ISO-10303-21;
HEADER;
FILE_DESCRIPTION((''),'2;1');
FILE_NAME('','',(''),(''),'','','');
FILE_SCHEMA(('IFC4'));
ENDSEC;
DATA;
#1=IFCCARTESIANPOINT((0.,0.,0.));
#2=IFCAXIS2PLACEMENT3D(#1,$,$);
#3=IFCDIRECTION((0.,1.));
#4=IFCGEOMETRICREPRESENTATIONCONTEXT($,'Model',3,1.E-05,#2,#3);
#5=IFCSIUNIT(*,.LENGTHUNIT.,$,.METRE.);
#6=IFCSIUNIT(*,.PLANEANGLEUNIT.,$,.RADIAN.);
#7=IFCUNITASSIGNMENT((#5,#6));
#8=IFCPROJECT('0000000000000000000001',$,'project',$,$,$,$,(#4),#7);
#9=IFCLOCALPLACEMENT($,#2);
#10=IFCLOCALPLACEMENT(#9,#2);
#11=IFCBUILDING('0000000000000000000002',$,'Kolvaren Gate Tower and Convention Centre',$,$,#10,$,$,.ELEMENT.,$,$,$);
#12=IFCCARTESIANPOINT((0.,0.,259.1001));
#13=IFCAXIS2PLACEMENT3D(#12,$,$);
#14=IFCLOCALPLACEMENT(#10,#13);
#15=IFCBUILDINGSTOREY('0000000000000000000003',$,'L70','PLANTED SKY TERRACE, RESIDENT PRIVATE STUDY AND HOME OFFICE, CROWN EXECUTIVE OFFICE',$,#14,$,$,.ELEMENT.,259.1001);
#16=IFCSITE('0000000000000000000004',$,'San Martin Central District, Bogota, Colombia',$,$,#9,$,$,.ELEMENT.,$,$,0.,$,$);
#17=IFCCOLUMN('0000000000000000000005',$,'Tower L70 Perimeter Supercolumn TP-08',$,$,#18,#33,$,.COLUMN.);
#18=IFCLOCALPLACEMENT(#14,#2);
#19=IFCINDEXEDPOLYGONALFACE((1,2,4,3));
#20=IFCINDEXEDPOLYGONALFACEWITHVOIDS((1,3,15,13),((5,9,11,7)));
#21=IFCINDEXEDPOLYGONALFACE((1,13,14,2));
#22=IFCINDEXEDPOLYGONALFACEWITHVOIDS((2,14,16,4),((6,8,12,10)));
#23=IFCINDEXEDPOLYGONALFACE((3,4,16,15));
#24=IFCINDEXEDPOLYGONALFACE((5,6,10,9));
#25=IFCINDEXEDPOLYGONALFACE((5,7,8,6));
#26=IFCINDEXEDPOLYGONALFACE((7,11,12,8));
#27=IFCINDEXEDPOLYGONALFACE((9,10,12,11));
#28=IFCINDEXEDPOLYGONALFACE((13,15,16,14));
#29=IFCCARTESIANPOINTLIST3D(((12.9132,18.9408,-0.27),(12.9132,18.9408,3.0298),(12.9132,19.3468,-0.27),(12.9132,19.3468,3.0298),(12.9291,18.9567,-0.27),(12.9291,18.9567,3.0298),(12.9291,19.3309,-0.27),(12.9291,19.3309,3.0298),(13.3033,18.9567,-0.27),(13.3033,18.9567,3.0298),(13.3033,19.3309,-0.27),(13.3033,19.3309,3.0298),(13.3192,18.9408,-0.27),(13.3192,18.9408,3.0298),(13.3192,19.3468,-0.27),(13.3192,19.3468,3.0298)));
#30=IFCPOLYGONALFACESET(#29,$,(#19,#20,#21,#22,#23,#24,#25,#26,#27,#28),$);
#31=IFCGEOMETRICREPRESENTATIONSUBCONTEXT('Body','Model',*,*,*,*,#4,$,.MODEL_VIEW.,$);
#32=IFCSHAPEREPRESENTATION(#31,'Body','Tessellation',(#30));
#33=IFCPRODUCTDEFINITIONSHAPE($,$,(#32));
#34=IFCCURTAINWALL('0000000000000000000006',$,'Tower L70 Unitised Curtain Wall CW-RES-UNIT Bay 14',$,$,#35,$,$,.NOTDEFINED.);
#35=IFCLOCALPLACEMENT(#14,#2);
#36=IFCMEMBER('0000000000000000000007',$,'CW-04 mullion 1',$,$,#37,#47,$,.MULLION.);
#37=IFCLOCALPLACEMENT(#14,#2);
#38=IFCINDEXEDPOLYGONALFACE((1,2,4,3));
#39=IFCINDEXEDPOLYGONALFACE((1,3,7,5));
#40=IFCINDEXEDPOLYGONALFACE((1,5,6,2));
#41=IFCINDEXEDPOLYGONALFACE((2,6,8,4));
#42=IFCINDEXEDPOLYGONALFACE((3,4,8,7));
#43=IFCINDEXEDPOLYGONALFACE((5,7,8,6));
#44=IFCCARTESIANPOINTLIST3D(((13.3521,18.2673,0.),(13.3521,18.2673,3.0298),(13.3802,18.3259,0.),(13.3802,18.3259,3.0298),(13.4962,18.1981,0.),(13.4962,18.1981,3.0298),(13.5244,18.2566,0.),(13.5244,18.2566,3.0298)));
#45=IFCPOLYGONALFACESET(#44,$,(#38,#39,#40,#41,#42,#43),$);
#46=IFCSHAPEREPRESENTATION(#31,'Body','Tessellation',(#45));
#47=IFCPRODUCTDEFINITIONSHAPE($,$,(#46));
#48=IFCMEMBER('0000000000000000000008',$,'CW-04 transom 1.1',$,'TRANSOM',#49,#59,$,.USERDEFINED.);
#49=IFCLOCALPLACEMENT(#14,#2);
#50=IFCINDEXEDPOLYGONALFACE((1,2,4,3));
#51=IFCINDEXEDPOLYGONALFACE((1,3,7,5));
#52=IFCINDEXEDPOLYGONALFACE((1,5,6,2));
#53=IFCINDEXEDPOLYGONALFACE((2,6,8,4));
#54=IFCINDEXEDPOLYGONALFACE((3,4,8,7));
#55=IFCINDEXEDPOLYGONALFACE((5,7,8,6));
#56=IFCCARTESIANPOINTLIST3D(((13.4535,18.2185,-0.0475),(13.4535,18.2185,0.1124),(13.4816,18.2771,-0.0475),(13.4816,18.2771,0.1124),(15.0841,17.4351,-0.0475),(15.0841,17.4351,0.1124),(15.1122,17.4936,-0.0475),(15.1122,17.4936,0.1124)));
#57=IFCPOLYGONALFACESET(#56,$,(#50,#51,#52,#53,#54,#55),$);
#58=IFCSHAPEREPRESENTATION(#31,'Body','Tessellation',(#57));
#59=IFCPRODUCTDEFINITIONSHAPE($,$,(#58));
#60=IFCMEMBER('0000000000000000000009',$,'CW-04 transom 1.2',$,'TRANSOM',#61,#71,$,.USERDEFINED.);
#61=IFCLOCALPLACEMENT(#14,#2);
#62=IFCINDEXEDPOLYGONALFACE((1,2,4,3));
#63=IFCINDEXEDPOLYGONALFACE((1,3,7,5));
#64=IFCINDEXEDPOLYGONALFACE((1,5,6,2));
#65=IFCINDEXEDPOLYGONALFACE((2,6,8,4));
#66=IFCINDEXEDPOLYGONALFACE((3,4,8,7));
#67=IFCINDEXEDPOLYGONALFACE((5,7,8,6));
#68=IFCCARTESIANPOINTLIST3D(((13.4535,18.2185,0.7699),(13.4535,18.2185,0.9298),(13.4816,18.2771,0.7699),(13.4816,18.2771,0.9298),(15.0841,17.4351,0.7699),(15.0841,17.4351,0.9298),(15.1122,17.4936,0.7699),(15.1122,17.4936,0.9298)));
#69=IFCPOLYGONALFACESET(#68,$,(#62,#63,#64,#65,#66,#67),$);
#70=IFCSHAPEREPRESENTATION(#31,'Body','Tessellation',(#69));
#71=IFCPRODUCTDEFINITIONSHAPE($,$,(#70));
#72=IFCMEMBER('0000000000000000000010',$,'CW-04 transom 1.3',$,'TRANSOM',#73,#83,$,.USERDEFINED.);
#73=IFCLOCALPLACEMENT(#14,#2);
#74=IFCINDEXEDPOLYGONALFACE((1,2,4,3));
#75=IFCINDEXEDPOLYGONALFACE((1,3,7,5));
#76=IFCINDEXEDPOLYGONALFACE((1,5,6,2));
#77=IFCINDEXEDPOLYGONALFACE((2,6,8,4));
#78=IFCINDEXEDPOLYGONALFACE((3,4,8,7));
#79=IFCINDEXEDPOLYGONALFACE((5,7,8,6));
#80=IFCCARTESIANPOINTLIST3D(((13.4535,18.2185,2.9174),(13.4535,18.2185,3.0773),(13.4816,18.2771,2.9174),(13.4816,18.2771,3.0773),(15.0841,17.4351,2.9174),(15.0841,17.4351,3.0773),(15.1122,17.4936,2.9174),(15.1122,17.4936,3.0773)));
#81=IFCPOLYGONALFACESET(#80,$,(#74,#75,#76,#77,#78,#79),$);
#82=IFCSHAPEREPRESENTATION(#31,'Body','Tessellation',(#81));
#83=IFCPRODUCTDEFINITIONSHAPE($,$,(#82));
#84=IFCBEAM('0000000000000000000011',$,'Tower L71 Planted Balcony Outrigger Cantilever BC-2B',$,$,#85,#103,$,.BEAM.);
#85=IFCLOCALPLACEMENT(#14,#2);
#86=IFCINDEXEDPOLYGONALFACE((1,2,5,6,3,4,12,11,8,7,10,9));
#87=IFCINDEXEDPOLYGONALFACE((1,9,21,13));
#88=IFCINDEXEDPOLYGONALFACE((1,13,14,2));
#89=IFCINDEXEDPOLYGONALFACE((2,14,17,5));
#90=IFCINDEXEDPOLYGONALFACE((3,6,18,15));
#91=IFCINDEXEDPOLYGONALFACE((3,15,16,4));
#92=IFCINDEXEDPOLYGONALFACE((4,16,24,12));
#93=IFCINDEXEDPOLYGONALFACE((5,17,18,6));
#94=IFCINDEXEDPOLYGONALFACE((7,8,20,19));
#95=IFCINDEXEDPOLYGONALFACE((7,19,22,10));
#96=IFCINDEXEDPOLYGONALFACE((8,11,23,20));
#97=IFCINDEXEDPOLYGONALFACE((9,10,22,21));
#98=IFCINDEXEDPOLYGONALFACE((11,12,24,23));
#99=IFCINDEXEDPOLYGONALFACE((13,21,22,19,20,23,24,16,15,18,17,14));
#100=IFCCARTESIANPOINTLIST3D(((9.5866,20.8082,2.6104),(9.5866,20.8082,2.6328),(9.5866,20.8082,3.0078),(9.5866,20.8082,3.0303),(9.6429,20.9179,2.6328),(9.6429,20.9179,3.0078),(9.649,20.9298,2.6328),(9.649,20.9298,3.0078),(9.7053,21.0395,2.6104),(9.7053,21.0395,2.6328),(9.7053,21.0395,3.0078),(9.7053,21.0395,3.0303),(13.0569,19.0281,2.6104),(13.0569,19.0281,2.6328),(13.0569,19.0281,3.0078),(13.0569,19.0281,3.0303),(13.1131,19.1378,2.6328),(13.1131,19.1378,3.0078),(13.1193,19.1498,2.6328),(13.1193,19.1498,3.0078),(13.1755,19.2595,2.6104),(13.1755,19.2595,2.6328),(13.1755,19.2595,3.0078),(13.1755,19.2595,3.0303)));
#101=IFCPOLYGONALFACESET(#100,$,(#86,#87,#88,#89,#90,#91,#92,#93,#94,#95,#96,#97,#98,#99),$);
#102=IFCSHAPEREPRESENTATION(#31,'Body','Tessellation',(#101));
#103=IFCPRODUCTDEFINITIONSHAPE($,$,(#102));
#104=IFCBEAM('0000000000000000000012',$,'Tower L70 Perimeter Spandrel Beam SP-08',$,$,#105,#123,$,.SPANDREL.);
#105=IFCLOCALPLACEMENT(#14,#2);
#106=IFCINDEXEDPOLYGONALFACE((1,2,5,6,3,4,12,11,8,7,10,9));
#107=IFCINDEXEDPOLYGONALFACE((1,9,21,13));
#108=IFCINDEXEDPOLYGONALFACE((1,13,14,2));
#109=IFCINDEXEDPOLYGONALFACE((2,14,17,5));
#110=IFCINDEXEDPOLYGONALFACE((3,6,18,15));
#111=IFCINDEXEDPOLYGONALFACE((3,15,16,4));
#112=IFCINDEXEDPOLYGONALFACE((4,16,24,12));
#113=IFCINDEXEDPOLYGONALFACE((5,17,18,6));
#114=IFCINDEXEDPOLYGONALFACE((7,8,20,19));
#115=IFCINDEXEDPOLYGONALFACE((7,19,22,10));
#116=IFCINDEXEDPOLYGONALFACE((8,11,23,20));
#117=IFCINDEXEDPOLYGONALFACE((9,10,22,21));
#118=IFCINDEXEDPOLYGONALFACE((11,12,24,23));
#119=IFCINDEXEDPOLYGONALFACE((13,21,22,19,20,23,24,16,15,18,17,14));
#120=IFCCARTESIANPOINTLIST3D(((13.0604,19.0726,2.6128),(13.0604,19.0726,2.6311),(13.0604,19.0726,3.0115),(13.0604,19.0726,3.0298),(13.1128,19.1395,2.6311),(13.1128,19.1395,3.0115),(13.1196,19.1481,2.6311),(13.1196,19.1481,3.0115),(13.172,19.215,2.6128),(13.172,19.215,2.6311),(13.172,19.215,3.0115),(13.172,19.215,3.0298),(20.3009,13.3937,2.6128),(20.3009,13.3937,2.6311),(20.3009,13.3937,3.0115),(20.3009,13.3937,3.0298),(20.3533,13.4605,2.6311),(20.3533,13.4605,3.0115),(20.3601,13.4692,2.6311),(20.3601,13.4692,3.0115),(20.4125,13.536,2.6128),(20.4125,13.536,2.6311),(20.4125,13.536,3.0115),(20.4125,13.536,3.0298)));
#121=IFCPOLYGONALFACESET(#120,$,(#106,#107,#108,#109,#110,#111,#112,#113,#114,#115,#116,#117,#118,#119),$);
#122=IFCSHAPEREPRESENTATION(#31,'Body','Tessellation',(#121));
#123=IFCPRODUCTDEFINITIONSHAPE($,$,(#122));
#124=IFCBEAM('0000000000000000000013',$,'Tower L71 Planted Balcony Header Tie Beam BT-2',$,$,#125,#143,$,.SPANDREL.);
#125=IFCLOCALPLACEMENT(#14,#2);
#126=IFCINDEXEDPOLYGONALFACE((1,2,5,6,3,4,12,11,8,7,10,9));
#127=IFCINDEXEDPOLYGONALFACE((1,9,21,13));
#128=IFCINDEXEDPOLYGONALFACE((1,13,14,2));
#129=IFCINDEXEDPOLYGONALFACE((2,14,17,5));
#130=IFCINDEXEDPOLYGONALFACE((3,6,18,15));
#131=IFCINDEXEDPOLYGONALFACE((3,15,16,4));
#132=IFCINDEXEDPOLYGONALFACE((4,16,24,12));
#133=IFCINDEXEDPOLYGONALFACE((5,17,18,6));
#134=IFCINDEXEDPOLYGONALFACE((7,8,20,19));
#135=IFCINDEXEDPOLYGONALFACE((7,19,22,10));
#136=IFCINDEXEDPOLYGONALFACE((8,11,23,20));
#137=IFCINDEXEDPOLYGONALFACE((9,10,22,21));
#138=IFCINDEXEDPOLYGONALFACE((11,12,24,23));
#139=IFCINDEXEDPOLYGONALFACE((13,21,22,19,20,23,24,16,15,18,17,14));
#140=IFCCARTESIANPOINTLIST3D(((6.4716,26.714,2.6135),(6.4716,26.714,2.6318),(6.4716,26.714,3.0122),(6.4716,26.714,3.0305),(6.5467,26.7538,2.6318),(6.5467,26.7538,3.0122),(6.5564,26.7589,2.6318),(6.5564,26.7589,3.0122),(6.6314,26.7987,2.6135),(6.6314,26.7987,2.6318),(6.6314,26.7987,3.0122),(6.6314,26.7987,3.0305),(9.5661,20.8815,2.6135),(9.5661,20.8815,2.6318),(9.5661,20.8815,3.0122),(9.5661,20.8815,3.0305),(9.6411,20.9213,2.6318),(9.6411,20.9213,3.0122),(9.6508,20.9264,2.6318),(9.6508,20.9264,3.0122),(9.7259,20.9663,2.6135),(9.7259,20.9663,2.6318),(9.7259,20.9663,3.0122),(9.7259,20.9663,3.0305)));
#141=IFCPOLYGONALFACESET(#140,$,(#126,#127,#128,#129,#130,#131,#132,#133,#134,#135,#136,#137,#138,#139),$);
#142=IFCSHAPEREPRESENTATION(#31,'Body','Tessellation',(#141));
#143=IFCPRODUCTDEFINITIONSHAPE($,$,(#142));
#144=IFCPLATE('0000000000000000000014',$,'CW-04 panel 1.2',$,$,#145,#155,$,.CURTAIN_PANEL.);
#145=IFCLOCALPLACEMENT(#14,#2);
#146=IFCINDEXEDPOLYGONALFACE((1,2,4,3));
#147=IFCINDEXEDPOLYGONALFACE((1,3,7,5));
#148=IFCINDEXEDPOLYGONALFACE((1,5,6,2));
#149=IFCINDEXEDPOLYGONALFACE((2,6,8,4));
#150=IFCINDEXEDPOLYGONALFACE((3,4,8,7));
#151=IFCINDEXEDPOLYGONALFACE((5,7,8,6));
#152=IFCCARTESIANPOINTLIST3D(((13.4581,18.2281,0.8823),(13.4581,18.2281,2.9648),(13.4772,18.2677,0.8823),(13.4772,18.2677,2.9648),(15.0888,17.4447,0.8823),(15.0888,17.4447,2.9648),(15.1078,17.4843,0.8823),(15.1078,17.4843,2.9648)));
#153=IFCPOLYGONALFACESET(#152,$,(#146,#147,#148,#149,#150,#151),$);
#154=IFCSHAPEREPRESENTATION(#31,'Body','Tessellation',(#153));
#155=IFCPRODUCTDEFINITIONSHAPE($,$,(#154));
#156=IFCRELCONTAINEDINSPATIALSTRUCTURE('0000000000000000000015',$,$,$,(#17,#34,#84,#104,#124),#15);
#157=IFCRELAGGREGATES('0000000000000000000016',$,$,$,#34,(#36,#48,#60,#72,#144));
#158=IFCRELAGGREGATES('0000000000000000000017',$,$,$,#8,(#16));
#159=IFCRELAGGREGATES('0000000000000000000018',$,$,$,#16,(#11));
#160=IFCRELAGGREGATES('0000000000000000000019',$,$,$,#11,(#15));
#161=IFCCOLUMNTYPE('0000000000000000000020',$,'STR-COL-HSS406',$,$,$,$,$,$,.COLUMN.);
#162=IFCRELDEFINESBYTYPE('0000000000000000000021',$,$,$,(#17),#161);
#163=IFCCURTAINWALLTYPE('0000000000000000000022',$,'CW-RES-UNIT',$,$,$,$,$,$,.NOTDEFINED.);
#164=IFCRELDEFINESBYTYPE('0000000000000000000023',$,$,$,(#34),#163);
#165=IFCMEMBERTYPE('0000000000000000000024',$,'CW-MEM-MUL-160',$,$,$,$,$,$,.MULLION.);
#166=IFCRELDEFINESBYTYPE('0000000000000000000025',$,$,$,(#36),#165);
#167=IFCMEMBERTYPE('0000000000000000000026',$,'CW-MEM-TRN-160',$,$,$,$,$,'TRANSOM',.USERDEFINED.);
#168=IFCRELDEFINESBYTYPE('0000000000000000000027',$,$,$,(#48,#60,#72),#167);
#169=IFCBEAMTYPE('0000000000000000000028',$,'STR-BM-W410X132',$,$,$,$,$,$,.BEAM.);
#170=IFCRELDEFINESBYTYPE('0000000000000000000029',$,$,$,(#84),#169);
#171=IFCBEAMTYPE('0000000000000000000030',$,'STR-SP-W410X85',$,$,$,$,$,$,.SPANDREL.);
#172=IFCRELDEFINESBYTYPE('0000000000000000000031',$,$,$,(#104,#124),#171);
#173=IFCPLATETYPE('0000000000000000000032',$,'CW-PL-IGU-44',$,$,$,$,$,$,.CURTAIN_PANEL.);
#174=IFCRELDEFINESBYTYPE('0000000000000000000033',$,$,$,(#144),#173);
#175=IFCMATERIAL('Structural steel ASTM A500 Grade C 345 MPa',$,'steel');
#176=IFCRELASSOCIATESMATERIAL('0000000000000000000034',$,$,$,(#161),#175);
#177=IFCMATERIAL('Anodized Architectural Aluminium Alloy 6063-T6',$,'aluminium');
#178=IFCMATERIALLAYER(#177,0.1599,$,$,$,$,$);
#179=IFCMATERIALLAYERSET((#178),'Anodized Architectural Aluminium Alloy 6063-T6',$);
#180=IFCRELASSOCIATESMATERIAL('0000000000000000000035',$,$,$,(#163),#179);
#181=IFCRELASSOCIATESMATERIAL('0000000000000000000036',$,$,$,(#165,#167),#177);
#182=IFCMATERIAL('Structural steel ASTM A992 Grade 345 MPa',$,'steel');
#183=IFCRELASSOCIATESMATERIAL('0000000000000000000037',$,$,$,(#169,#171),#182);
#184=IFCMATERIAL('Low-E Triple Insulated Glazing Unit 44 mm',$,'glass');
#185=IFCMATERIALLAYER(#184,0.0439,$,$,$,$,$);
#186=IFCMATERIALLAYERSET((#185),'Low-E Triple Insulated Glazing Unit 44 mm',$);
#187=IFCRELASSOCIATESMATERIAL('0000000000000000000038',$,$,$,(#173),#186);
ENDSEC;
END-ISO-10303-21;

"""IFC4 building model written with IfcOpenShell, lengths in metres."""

from ifc_helpers import new_model, si_unit, direction, frame, origin, origin_2d, place, context, subcontext, project, spatial, rectangle, hollow_rectangle, i_section, extrude, material, layer, layer_set, material_profile, profile_set, type_object, element, aggregate, save


model = new_model("IFC4")

# Units and contexts
model_context = context("Model", 3, precision=1e-05, world=origin(), true_north=direction((0.0, 1.0)))
body_context = subcontext(model_context, "Body", "Model", "MODEL_VIEW")
ifc_project = project(units=[si_unit("LENGTHUNIT", "METRE"), si_unit("PLANEANGLEUNIT", "RADIAN")], contexts=[model_context])

# Site, building, storey
site_placement = place(None, origin())
site = spatial("IfcSite", under=ifc_project, at=site_placement, Name="San Martin Central District, Bogota, Colombia", CompositionType="ELEMENT", RefElevation=0.0)
building_placement = place(site_placement, origin())
building = spatial("IfcBuilding", under=site, at=building_placement, Name="Kolvaren Gate Tower and Convention Centre", CompositionType="ELEMENT")
storey_placement = place(building_placement, frame((0.0, 0.0, 259.1001)))
storey = spatial("IfcBuildingStorey", under=building, at=storey_placement, Name="L70", Description="PLANTED SKY TERRACE, RESIDENT PRIVATE STUDY AND HOME OFFICE, CROWN EXECUTIVE OFFICE", CompositionType="ELEMENT", Elevation=259.1001)

# Column
ifc_material_1 = material(Name="Structural steel ASTM A500 Grade C 345 MPa", Category="steel")
ifc_material_profile_1 = material_profile(ifc_material_1, hollow_rectangle(XDim=0.406, YDim=0.406, WallThickness=0.0159, at=origin_2d()), Name="HSS406X406X15.9")
ifc_profile_set_1 = profile_set([ifc_material_profile_1], Name="Structural steel ASTM A500 Grade C 345 MPa")
column_type = type_object("IfcColumnType", Name="STR-COL-HSS406", PredefinedType="COLUMN", material=ifc_profile_set_1)
column_placement = place(storey_placement, frame((13.1162, 19.1438, -0.27), z_axis=(0.0, 0.0, 1.0), x_axis=(1.0, 0.0, 0.0)))
element("IfcColumn", 1, at=column_placement, inside=storey, type_object=column_type, Name="Tower L70 Perimeter Supercolumn TP-08", PredefinedType="COLUMN", context=body_context, shape_type="SweptSolid", body=[
    extrude(hollow_rectangle(XDim=0.406, YDim=0.406, WallThickness=0.0159, at=origin_2d()), origin(), (0.0, 0.0, 1.0), 3.2998),
])

# Curtain wall, members
ifc_material_2 = material(Name="Anodized Architectural Aluminium Alloy 6063-T6", Category="aluminium")
ifc_layer_1 = layer(ifc_material_2, 0.1599)
ifc_layer_set_1 = layer_set([ifc_layer_1], Name="Anodized Architectural Aluminium Alloy 6063-T6")
curtain_wall_type = type_object("IfcCurtainWallType", Name="CW-RES-UNIT", PredefinedType="NOTDEFINED", material=ifc_layer_set_1)
curtain_wall_placement = place(storey_placement, origin())
curtain_wall = element("IfcCurtainWall", 2, at=curtain_wall_placement, inside=storey, type_object=curtain_wall_type, Name="Tower L70 Unitised Curtain Wall CW-RES-UNIT Bay 14", PredefinedType="NOTDEFINED")
ifc_material_profile_2 = material_profile(ifc_material_2, rectangle(XDim=0.0649, YDim=0.1599, at=origin_2d()), Name="CW-MEM-MUL-160")
ifc_profile_set_2 = profile_set([ifc_material_profile_2], Name="Anodized Architectural Aluminium Alloy 6063-T6")
member_type_1 = type_object("IfcMemberType", Name="CW-MEM-MUL-160", PredefinedType="MULLION", material=ifc_profile_set_2)
member_1_placement = place(storey_placement, frame((13.4382, 18.262, 0.0), z_axis=(0.0, 0.0, 1.0), x_axis=(0.43307, 0.90136, 0.0)))
member_1 = element("IfcMember", 3, at=member_1_placement, type_object=member_type_1, Name="CW-04 mullion 1", PredefinedType="MULLION", context=body_context, shape_type="SweptSolid", body=[
    extrude(rectangle(XDim=0.0649, YDim=0.1599, at=origin_2d()), origin(), (0.0, 0.0, 1.0), 3.0298),
])
ifc_material_profile_3 = material_profile(ifc_material_2, rectangle(XDim=0.0649, YDim=0.1599, at=origin_2d()), Name="CW-MEM-TRN-160")
ifc_profile_set_3 = profile_set([ifc_material_profile_3], Name="Anodized Architectural Aluminium Alloy 6063-T6")
member_type_2 = type_object("IfcMemberType", Name="CW-MEM-TRN-160", ElementType="TRANSOM", PredefinedType="USERDEFINED", material=ifc_profile_set_3)
member_2_placement = place(storey_placement, frame((13.4675, 18.2478, 0.0325), z_axis=(0.901361, -0.433069, 0.0), x_axis=(0.433069, 0.901361, 0.0)))
member_2 = element("IfcMember", 4, at=member_2_placement, type_object=member_type_2, Name="CW-04 transom 1.1", ObjectType="TRANSOM", PredefinedType="USERDEFINED", context=body_context, shape_type="SweptSolid", body=[
    extrude(rectangle(XDim=0.0649, YDim=0.1599, at=origin_2d()), origin(), (0.0, 0.0, 1.0), 1.8091),
])
member_3_placement = place(storey_placement, frame((13.4675, 18.2478, 0.8499), z_axis=(0.901361, -0.433069, 0.0), x_axis=(0.433069, 0.901361, 0.0)))
member_3 = element("IfcMember", 5, at=member_3_placement, type_object=member_type_2, Name="CW-04 transom 1.2", ObjectType="TRANSOM", PredefinedType="USERDEFINED", context=body_context, shape_type="SweptSolid", body=[
    extrude(rectangle(XDim=0.0649, YDim=0.1599, at=origin_2d()), origin(), (0.0, 0.0, 1.0), 1.8091),
])
member_4_placement = place(storey_placement, frame((13.4675, 18.2478, 2.9973), z_axis=(0.901361, -0.433069, 0.0), x_axis=(0.433069, 0.901361, 0.0)))
member_4 = element("IfcMember", 6, at=member_4_placement, type_object=member_type_2, Name="CW-04 transom 1.3", ObjectType="TRANSOM", PredefinedType="USERDEFINED", context=body_context, shape_type="SweptSolid", body=[
    extrude(rectangle(XDim=0.0649, YDim=0.1599, at=origin_2d()), origin(), (0.0, 0.0, 1.0), 1.8091),
])

# Beams
ifc_material_3 = material(Name="Structural steel ASTM A992 Grade 345 MPa", Category="steel")
ifc_material_profile_4 = material_profile(ifc_material_3, i_section(OverallWidth=0.26, OverallDepth=0.4199, WebThickness=0.0134, FlangeThickness=0.0225, at=origin_2d()), Name="W410X132")
ifc_profile_set_4 = profile_set([ifc_material_profile_4], Name="Structural steel ASTM A992 Grade 345 MPa")
beam_type_1 = type_object("IfcBeamType", Name="STR-BM-W410X132", PredefinedType="BEAM", material=ifc_profile_set_4)
beam_1_placement = place(storey_placement, frame((13.1162, 19.1438, 2.8203), z_axis=(-0.889772, 0.456404, 0.0), x_axis=(-0.456404, -0.889772, 0.0)))
element("IfcBeam", 7, at=beam_1_placement, inside=storey, type_object=beam_type_1, Name="Tower L71 Planted Balcony Outrigger Cantilever BC-2B", PredefinedType="BEAM", context=body_context, shape_type="SweptSolid", body=[
    extrude(i_section(OverallWidth=0.26, OverallDepth=0.4199, WebThickness=0.0134, FlangeThickness=0.0225, at=origin_2d()), origin(), (0.0, 0.0, 1.0), 3.9001),
])
ifc_material_profile_5 = material_profile(ifc_material_3, i_section(OverallWidth=0.1809, OverallDepth=0.417, WebThickness=0.011, FlangeThickness=0.0183, at=origin_2d()), Name="W410X85")
ifc_profile_set_5 = profile_set([ifc_material_profile_5], Name="Structural steel ASTM A992 Grade 345 MPa")
beam_type_2 = type_object("IfcBeamType", Name="STR-SP-W410X85", PredefinedType="SPANDREL", material=ifc_profile_set_5)
beam_2_placement = place(storey_placement, frame((13.1162, 19.1438, 2.8213), z_axis=(0.786846, -0.61715, 0.0), x_axis=(0.61715, 0.786846, 0.0)))
element("IfcBeam", 8, at=beam_2_placement, inside=storey, type_object=beam_type_2, Name="Tower L70 Perimeter Spandrel Beam SP-08", PredefinedType="SPANDREL", context=body_context, shape_type="SweptSolid", body=[
    extrude(i_section(OverallWidth=0.1809, OverallDepth=0.417, WebThickness=0.011, FlangeThickness=0.0183, at=origin_2d()), origin(), (0.0, 0.0, 1.0), 9.2019),
])
beam_3_placement = place(storey_placement, frame((6.5515, 26.7563, 2.822), z_axis=(0.468678, -0.883369, 0.0), x_axis=(0.883369, 0.468678, 0.0)))
element("IfcBeam", 9, at=beam_3_placement, inside=storey, type_object=beam_type_2, Name="Tower L71 Planted Balcony Header Tie Beam BT-2", PredefinedType="SPANDREL", context=body_context, shape_type="SweptSolid", body=[
    extrude(i_section(OverallWidth=0.1809, OverallDepth=0.417, WebThickness=0.011, FlangeThickness=0.0183, at=origin_2d()), origin(), (0.0, 0.0, 1.0), 6.6025),
])

# Plate
ifc_material_4 = material(Name="Low-E Triple Insulated Glazing Unit 44 mm", Category="glass")
ifc_layer_2 = layer(ifc_material_4, 0.0439)
ifc_layer_set_2 = layer_set([ifc_layer_2], Name="Low-E Triple Insulated Glazing Unit 44 mm")
plate_type = type_object("IfcPlateType", Name="CW-PL-IGU-44", PredefinedType="CURTAIN_PANEL", material=ifc_layer_set_2)
plate_placement = place(storey_placement, frame((14.283, 17.8562, 0.8823), z_axis=(0.0, 0.0, 1.0), x_axis=(0.90136, -0.43307, 0.0)))
plate = element("IfcPlate", 10, at=plate_placement, type_object=plate_type, Name="CW-04 panel 1.2", PredefinedType="CURTAIN_PANEL", context=body_context, shape_type="SweptSolid", body=[
    extrude(rectangle(XDim=1.8091, YDim=0.0439, at=origin_2d()), origin(), (0.0, 0.0, 1.0), 2.0825),
])
aggregate(curtain_wall, [member_1, member_2, member_3, member_4, plate])

save(model, "model.ifc")
